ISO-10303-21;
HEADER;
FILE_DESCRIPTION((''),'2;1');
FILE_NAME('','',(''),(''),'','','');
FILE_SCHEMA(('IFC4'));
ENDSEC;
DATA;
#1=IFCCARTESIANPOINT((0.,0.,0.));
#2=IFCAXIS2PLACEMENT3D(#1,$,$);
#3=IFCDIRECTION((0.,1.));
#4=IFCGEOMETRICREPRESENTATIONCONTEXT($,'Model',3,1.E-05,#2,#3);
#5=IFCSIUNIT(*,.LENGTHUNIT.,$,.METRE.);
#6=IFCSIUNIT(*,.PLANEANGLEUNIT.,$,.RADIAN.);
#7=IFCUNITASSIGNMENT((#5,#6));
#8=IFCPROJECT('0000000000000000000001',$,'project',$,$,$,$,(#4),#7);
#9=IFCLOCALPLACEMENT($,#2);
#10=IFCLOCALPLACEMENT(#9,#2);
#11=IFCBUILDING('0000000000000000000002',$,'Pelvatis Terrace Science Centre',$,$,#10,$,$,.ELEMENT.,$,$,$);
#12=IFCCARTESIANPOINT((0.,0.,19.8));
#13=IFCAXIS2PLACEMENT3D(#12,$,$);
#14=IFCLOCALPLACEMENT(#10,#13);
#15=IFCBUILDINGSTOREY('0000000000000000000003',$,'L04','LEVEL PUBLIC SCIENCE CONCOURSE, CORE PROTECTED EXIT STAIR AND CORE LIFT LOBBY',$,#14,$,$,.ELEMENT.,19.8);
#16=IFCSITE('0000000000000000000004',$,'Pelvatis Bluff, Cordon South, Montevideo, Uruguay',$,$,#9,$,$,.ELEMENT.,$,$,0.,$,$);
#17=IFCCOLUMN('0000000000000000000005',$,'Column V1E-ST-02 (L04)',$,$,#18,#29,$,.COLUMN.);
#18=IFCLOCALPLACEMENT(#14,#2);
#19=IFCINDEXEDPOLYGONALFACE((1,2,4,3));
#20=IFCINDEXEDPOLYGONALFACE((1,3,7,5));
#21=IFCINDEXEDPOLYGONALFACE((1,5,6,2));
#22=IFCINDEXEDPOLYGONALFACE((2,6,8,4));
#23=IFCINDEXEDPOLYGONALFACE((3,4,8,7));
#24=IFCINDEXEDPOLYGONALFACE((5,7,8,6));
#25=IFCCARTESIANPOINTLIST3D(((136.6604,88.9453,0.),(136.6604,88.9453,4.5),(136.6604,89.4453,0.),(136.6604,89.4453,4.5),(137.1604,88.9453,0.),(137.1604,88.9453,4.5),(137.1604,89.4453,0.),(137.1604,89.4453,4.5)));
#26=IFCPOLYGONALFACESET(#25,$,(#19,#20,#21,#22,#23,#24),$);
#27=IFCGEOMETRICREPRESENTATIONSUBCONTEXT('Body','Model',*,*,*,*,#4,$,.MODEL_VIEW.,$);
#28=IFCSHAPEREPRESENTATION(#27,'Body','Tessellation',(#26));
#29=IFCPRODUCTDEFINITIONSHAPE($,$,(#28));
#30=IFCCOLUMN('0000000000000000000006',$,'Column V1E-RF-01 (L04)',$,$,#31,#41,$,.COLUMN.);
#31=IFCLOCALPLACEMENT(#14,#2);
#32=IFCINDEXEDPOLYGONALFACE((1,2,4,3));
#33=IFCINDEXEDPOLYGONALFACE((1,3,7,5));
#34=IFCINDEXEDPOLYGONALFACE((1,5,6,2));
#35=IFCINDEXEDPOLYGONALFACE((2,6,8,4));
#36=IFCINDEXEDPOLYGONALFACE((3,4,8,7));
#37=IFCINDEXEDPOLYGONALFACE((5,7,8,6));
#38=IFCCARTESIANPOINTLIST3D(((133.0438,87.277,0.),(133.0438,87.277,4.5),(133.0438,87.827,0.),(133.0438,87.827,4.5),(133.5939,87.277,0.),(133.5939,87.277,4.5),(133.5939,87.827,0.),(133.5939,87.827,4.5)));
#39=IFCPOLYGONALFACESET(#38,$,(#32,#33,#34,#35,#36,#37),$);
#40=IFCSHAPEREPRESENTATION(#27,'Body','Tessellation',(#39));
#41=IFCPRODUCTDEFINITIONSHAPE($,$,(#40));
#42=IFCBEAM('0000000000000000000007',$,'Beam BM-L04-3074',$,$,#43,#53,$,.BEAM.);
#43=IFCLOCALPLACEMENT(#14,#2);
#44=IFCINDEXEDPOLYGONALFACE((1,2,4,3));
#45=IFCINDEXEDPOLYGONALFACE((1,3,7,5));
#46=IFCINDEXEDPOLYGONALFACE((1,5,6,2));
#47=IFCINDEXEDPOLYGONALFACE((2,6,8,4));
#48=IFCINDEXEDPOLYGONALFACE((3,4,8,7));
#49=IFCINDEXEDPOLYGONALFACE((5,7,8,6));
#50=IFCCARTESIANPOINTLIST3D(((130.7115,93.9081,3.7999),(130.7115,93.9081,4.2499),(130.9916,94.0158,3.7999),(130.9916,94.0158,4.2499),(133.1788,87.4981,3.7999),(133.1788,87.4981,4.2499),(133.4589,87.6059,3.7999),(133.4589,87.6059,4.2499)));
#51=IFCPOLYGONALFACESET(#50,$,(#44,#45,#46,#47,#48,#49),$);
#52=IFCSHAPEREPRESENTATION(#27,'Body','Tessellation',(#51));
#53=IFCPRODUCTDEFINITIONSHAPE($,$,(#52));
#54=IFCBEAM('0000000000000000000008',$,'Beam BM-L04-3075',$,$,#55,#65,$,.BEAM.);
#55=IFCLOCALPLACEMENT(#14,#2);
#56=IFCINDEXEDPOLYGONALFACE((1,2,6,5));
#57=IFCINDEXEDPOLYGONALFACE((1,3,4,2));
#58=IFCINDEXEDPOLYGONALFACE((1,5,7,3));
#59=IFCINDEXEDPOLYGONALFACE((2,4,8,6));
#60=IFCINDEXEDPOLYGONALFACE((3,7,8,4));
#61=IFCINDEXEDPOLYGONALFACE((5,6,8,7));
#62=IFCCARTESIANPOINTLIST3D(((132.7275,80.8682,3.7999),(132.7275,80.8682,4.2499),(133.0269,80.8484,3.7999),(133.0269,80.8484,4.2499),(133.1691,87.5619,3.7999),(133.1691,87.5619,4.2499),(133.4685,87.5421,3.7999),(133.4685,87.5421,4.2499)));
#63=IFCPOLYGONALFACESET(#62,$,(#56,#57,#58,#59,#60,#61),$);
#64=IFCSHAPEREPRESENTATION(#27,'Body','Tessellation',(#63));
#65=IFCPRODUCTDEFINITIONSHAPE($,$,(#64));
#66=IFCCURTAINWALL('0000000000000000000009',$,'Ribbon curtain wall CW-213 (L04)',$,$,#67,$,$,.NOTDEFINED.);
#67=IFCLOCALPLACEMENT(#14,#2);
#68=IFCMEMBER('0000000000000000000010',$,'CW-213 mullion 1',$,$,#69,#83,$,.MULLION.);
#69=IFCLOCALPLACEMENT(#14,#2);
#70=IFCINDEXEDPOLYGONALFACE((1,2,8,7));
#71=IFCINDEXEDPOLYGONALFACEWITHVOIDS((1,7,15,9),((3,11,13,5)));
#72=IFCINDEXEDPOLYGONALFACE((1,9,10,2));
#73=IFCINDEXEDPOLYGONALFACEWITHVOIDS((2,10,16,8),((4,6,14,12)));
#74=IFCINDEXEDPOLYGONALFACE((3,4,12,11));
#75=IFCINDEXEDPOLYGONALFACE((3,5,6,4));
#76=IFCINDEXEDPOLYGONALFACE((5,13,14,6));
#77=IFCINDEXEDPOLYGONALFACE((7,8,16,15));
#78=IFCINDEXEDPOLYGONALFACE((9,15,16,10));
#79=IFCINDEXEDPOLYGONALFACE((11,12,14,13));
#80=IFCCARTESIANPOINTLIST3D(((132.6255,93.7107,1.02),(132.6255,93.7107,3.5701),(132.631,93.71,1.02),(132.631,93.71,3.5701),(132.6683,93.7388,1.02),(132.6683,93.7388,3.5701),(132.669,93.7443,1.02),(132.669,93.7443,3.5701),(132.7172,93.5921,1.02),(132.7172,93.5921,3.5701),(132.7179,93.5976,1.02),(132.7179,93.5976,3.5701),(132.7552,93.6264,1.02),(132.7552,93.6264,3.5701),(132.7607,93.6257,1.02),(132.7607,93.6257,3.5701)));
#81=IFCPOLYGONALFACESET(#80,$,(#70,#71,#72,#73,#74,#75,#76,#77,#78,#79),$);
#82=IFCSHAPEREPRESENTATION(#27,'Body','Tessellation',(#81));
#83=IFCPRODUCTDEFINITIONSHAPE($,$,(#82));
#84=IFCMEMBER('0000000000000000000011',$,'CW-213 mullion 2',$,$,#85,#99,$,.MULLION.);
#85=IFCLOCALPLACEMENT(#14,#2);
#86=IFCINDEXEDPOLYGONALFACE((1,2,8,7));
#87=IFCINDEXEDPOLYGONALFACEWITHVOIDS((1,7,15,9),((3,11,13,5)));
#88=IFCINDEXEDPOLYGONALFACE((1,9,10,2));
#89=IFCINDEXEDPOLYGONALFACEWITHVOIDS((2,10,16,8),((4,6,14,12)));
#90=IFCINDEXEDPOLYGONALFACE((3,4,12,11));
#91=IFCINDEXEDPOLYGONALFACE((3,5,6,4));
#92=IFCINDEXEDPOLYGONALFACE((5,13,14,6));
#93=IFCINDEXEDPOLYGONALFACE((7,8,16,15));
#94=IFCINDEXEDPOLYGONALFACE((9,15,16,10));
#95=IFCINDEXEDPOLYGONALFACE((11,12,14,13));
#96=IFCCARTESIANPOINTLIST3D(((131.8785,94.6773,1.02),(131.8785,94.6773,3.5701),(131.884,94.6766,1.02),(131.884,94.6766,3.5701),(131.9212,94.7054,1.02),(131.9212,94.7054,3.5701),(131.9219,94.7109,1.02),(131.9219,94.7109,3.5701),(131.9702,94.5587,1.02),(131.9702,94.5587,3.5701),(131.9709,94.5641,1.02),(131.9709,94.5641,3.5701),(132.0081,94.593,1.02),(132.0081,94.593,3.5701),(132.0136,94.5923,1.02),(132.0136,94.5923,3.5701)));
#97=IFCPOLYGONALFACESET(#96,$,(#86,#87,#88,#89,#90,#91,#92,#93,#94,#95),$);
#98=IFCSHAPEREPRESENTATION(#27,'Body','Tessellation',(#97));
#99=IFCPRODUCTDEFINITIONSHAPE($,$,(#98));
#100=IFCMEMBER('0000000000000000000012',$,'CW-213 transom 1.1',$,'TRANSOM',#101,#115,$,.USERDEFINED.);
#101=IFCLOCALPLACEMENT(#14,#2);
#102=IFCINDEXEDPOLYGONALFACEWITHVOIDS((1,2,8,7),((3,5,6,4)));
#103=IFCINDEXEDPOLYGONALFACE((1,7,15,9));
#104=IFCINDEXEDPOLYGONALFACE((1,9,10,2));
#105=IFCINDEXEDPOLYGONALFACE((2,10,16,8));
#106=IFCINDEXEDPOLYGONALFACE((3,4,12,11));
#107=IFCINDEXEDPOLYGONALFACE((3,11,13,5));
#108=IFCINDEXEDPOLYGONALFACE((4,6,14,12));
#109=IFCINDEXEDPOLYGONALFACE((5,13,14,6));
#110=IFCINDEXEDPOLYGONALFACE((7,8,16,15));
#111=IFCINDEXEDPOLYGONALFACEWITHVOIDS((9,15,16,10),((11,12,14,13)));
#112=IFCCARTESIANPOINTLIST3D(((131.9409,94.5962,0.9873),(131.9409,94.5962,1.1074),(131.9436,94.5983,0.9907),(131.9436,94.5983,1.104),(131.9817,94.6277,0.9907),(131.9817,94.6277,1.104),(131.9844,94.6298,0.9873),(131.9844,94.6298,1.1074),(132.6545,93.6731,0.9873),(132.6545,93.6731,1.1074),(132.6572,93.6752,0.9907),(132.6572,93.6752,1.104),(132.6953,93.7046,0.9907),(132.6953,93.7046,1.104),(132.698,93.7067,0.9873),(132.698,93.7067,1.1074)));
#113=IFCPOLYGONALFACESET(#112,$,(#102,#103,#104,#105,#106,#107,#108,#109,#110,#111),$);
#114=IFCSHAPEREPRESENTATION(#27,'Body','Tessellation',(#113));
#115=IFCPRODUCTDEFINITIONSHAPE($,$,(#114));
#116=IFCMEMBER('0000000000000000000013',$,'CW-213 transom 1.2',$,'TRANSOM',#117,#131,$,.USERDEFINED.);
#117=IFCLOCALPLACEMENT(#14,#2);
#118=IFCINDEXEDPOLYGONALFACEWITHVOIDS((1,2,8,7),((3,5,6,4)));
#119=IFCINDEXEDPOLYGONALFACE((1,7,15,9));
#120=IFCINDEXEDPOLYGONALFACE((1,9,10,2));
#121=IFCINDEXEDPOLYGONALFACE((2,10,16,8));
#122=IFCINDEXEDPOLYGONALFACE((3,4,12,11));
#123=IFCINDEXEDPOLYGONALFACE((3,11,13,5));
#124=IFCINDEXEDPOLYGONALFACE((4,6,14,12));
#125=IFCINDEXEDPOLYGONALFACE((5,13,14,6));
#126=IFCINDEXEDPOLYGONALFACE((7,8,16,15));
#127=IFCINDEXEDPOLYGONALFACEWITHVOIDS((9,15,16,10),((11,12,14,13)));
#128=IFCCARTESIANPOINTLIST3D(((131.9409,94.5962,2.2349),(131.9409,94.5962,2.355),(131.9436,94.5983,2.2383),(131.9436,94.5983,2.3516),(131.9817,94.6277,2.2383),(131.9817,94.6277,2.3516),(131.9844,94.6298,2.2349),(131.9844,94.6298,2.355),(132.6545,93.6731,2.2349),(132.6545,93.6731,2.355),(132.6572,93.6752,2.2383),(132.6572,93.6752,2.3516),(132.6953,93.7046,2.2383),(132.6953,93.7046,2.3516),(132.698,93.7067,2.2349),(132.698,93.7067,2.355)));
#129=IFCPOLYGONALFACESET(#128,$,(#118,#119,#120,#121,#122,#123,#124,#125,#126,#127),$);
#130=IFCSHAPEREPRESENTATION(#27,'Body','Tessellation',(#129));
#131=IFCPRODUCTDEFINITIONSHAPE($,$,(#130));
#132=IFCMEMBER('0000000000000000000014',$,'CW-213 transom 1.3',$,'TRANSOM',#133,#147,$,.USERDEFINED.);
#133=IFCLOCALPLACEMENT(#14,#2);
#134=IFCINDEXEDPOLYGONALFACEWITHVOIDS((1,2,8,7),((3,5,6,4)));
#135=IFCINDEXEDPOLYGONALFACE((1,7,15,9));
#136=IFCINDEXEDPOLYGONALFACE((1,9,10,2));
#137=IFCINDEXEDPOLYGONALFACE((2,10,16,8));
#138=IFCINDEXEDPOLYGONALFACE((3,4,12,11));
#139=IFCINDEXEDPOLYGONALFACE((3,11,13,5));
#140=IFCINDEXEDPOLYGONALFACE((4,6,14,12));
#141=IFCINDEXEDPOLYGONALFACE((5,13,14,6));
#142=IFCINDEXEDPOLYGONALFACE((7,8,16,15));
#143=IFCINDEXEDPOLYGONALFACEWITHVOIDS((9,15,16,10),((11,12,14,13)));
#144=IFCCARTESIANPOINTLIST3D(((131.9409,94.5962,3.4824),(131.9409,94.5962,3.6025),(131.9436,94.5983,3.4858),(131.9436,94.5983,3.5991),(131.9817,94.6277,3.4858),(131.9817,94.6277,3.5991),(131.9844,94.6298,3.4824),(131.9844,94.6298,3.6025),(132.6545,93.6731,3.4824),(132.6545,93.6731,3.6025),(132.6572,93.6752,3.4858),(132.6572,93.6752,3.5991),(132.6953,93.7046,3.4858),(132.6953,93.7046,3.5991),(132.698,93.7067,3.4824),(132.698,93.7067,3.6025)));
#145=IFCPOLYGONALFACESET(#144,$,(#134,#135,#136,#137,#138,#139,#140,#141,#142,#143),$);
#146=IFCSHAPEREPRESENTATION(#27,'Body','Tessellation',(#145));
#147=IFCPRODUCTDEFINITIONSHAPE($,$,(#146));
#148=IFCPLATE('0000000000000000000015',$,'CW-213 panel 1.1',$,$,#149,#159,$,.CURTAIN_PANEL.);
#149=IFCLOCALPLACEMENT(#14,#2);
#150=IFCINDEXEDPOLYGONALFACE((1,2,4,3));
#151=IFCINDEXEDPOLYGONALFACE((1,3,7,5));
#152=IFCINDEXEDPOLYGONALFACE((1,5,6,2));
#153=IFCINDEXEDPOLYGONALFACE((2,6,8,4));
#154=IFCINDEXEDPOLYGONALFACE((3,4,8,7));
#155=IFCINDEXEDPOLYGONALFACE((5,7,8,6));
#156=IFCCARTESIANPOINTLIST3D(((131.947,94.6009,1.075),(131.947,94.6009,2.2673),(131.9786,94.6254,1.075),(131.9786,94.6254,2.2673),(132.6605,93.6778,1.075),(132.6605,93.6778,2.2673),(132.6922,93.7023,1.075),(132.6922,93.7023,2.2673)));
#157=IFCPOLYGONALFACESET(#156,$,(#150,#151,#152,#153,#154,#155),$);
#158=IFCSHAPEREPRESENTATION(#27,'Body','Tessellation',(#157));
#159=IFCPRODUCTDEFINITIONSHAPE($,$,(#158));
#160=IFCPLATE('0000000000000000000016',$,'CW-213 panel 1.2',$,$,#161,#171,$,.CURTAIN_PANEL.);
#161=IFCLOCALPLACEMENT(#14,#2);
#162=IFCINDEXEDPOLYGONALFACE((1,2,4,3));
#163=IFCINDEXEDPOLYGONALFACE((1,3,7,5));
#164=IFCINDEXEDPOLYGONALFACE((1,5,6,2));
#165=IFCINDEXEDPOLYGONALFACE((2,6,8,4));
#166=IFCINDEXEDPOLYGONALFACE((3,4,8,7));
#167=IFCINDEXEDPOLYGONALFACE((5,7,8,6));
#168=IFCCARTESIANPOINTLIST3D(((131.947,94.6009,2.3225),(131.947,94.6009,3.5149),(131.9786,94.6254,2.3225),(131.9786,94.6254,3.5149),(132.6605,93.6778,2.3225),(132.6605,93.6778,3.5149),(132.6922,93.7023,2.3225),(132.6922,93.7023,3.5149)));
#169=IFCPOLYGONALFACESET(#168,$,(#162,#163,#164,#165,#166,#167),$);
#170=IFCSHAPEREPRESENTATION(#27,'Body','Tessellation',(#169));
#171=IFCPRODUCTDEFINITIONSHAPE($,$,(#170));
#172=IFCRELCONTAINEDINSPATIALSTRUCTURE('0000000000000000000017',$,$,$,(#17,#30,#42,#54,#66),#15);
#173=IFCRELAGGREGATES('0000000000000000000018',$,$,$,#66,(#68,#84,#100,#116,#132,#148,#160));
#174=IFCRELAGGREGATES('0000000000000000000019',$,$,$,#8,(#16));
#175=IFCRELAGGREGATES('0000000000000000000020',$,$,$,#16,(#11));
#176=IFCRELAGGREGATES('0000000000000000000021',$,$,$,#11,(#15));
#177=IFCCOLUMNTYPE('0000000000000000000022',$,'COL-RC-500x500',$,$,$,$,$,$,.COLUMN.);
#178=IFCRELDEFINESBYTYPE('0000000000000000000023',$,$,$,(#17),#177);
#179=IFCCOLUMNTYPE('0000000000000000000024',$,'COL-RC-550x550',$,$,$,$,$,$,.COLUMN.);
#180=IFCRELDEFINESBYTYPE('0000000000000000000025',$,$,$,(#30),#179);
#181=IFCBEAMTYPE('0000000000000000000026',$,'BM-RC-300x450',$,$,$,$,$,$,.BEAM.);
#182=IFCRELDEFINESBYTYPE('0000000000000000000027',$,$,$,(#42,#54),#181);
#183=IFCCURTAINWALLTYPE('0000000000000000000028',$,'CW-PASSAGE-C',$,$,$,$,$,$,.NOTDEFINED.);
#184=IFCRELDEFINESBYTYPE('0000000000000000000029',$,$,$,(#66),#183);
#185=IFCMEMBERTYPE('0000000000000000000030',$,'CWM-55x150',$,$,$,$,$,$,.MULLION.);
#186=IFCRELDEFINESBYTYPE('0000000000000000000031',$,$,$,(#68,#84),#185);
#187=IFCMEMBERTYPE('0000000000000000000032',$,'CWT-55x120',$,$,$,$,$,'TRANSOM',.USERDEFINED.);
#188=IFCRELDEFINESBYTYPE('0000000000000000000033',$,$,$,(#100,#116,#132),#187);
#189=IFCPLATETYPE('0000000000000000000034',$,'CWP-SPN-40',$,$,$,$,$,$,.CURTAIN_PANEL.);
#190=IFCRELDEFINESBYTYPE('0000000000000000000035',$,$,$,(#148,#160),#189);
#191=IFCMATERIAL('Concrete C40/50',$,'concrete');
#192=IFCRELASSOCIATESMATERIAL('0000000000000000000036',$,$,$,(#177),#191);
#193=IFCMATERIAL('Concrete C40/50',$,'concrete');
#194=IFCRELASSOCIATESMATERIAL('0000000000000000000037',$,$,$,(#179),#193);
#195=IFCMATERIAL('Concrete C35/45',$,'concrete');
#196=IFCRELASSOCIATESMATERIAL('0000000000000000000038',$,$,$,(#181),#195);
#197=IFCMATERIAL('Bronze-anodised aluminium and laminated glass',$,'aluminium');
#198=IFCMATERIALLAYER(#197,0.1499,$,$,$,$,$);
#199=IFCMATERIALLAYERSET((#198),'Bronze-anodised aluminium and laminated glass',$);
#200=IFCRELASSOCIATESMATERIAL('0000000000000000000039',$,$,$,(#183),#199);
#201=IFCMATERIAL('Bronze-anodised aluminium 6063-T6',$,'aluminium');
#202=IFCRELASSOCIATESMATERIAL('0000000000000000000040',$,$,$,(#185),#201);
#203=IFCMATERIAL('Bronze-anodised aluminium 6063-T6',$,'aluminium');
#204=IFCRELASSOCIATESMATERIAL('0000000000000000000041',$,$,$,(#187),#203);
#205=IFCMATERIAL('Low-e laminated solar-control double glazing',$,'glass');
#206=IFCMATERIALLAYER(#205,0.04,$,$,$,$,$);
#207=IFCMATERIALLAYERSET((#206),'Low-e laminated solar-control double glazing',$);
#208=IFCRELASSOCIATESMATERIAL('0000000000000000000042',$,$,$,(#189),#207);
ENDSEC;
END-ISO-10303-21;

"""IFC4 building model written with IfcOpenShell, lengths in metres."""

from ifc_helpers import new_model, si_unit, direction, frame, origin, origin_2d, place, context, subcontext, project, spatial, rectangle, hollow_rectangle, extrude, material, layer, layer_set, material_profile, profile_set, type_object, element, aggregate, save


model = new_model("IFC4")

# Units and contexts
model_context = context("Model", 3, precision=1e-05, world=origin(), true_north=direction((0.0, 1.0)))
body_context = subcontext(model_context, "Body", "Model", "MODEL_VIEW")
ifc_project = project(units=[si_unit("LENGTHUNIT", "METRE"), si_unit("PLANEANGLEUNIT", "RADIAN")], contexts=[model_context])

# Site, building, storey
site_placement = place(None, origin())
site = spatial("IfcSite", under=ifc_project, at=site_placement, Name="Pelvatis Bluff, Cordon South, Montevideo, Uruguay", CompositionType="ELEMENT", RefElevation=0.0)
building_placement = place(site_placement, origin())
building = spatial("IfcBuilding", under=site, at=building_placement, Name="Pelvatis Terrace Science Centre", CompositionType="ELEMENT")
storey_placement = place(building_placement, frame((0.0, 0.0, 19.8)))
storey = spatial("IfcBuildingStorey", under=building, at=storey_placement, Name="L04", Description="LEVEL PUBLIC SCIENCE CONCOURSE, CORE PROTECTED EXIT STAIR AND CORE LIFT LOBBY", CompositionType="ELEMENT", Elevation=19.8)

# Columns
ifc_material_1 = material(Name="Concrete C40/50", Category="concrete")
ifc_material_profile_1 = material_profile(ifc_material_1, rectangle(XDim=0.5, YDim=0.5, at=origin_2d()), Name="RC-COL 500x500")
ifc_profile_set_1 = profile_set([ifc_material_profile_1], Name="Concrete C40/50")
column_type_1 = type_object("IfcColumnType", Name="COL-RC-500x500", PredefinedType="COLUMN", material=ifc_profile_set_1)
column_1_placement = place(storey_placement, frame((136.9104, 89.1953, 0.0), z_axis=(0.0, 0.0, 1.0), x_axis=(1.0, 0.0, 0.0)))
element("IfcColumn", 1, at=column_1_placement, inside=storey, type_object=column_type_1, Name="Column V1E-ST-02 (L04)", PredefinedType="COLUMN", context=body_context, shape_type="SweptSolid", body=[
    extrude(rectangle(XDim=0.5, YDim=0.5, at=origin_2d()), origin(), (0.0, 0.0, 1.0), 4.5),
])
ifc_material_2 = material(Name="Concrete C40/50", Category="concrete")
ifc_material_profile_2 = material_profile(ifc_material_2, rectangle(XDim=0.55, YDim=0.55, at=origin_2d()), Name="RC-COL 550x550")
ifc_profile_set_2 = profile_set([ifc_material_profile_2], Name="Concrete C40/50")
column_type_2 = type_object("IfcColumnType", Name="COL-RC-550x550", PredefinedType="COLUMN", material=ifc_profile_set_2)
column_2_placement = place(storey_placement, frame((133.3188, 87.552, 0.0), z_axis=(0.0, 0.0, 1.0), x_axis=(1.0, 0.0, 0.0)))
element("IfcColumn", 2, at=column_2_placement, inside=storey, type_object=column_type_2, Name="Column V1E-RF-01 (L04)", PredefinedType="COLUMN", context=body_context, shape_type="SweptSolid", body=[
    extrude(rectangle(XDim=0.55, YDim=0.55, at=origin_2d()), origin(), (0.0, 0.0, 1.0), 4.5),
])

# Beams
ifc_material_3 = material(Name="Concrete C35/45", Category="concrete")
ifc_material_profile_3 = material_profile(ifc_material_3, rectangle(XDim=0.3, YDim=0.45, at=origin_2d()), Name="RC-BM 300x450")
ifc_profile_set_3 = profile_set([ifc_material_profile_3], Name="Concrete C35/45")
beam_type = type_object("IfcBeamType", Name="BM-RC-300x450", PredefinedType="BEAM", material=ifc_profile_set_3)
beam_1_placement = place(storey_placement, frame((133.3188, 87.552, 4.0249), z_axis=(-0.359224, 0.933251, 0.0), x_axis=(-0.933251, -0.359224, 0.0)))
element("IfcBeam", 3, at=beam_1_placement, inside=storey, type_object=beam_type, Name="Beam BM-L04-3074", PredefinedType="BEAM", context=body_context, shape_type="SweptSolid", body=[
    extrude(rectangle(XDim=0.3, YDim=0.45, at=origin_2d()), origin(), (0.0, 0.0, 1.0), 6.8684),
])
beam_2_placement = place(storey_placement, frame((133.3188, 87.552, 4.0249), z_axis=(-0.065838, -0.99783, 0.0), x_axis=(0.99783, -0.065838, 0.0)))
element("IfcBeam", 4, at=beam_2_placement, inside=storey, type_object=beam_type, Name="Beam BM-L04-3075", PredefinedType="BEAM", context=body_context, shape_type="SweptSolid", body=[
    extrude(rectangle(XDim=0.3, YDim=0.45, at=origin_2d()), origin(), (0.0, 0.0, 1.0), 6.7083),
])

# Curtain wall, members, plates
ifc_material_4 = material(Name="Bronze-anodised aluminium and laminated glass", Category="aluminium")
ifc_layer_1 = layer(ifc_material_4, 0.1499)
ifc_layer_set_1 = layer_set([ifc_layer_1], Name="Bronze-anodised aluminium and laminated glass")
curtain_wall_type = type_object("IfcCurtainWallType", Name="CW-PASSAGE-C", PredefinedType="NOTDEFINED", material=ifc_layer_set_1)
curtain_wall_placement = place(storey_placement, origin())
curtain_wall = element("IfcCurtainWall", 5, at=curtain_wall_placement, inside=storey, type_object=curtain_wall_type, Name="Ribbon curtain wall CW-213 (L04)", PredefinedType="NOTDEFINED")
ifc_material_5 = material(Name="Bronze-anodised aluminium 6063-T6", Category="aluminium")
ifc_material_profile_4 = material_profile(ifc_material_5, hollow_rectangle(XDim=0.0549, YDim=0.1499, WallThickness=0.0039, at=origin_2d()), Name="ALU-MUL 55x150")
ifc_profile_set_4 = profile_set([ifc_material_profile_4], Name="Bronze-anodised aluminium 6063-T6")
member_type_1 = type_object("IfcMemberType", Name="CWM-55x150", PredefinedType="MULLION", material=ifc_profile_set_4)
member_1_placement = place(storey_placement, frame((132.6931, 93.6682, 1.02), z_axis=(0.0, 0.0, 1.0), x_axis=(-0.791181, -0.611582, 0.0)))
member_1 = element("IfcMember", 6, at=member_1_placement, type_object=member_type_1, Name="CW-213 mullion 1", PredefinedType="MULLION", context=body_context, shape_type="SweptSolid", body=[
    extrude(hollow_rectangle(XDim=0.0549, YDim=0.1499, WallThickness=0.0039, at=origin_2d()), origin(), (0.0, 0.0, 1.0), 2.55),
])
member_2_placement = place(storey_placement, frame((131.946, 94.6348, 1.02), z_axis=(0.0, 0.0, 1.0), x_axis=(-0.791181, -0.611582, 0.0)))
member_2 = element("IfcMember", 7, at=member_2_placement, type_object=member_type_1, Name="CW-213 mullion 2", PredefinedType="MULLION", context=body_context, shape_type="SweptSolid", body=[
    extrude(hollow_rectangle(XDim=0.0549, YDim=0.1499, WallThickness=0.0039, at=origin_2d()), origin(), (0.0, 0.0, 1.0), 2.55),
])
ifc_material_6 = material(Name="Bronze-anodised aluminium 6063-T6", Category="aluminium")
ifc_material_profile_5 = material_profile(ifc_material_6, hollow_rectangle(XDim=0.0549, YDim=0.1201, WallThickness=0.0034, at=origin_2d()), Name="ALU-TRN 55x120")
ifc_profile_set_5 = profile_set([ifc_material_profile_5], Name="Bronze-anodised aluminium 6063-T6")
member_type_2 = type_object("IfcMemberType", Name="CWT-55x120", ElementType="TRANSOM", PredefinedType="USERDEFINED", material=ifc_profile_set_5)
member_3_placement = place(storey_placement, frame((132.6763, 93.6899, 1.0474), z_axis=(-0.61162, 0.791152, 0.0), x_axis=(-0.791152, -0.61162, 0.0)))
member_3 = element("IfcMember", 8, at=member_3_placement, type_object=member_type_2, Name="CW-213 transom 1.1", ObjectType="TRANSOM", PredefinedType="USERDEFINED", context=body_context, shape_type="SweptSolid", body=[
    extrude(hollow_rectangle(XDim=0.0549, YDim=0.1201, WallThickness=0.0034, at=origin_2d()), origin(), (0.0, 0.0, 1.0), 1.1667),
])
member_4_placement = place(storey_placement, frame((132.6763, 93.6899, 2.2949), z_axis=(-0.61162, 0.791152, 0.0), x_axis=(-0.791152, -0.61162, 0.0)))
member_4 = element("IfcMember", 9, at=member_4_placement, type_object=member_type_2, Name="CW-213 transom 1.2", ObjectType="TRANSOM", PredefinedType="USERDEFINED", context=body_context, shape_type="SweptSolid", body=[
    extrude(hollow_rectangle(XDim=0.0549, YDim=0.1201, WallThickness=0.0034, at=origin_2d()), origin(), (0.0, 0.0, 1.0), 1.1667),
])
member_5_placement = place(storey_placement, frame((132.6763, 93.6899, 3.5425), z_axis=(-0.61162, 0.791152, 0.0), x_axis=(-0.791152, -0.61162, 0.0)))
member_5 = element("IfcMember", 10, at=member_5_placement, type_object=member_type_2, Name="CW-213 transom 1.3", ObjectType="TRANSOM", PredefinedType="USERDEFINED", context=body_context, shape_type="SweptSolid", body=[
    extrude(hollow_rectangle(XDim=0.0549, YDim=0.1201, WallThickness=0.0034, at=origin_2d()), origin(), (0.0, 0.0, 1.0), 1.1667),
])
ifc_material_7 = material(Name="Low-e laminated solar-control double glazing", Category="glass")
ifc_layer_2 = layer(ifc_material_7, 0.04)
ifc_layer_set_2 = layer_set([ifc_layer_2], Name="Low-e laminated solar-control double glazing")
plate_type = type_object("IfcPlateType", Name="CWP-SPN-40", PredefinedType="CURTAIN_PANEL", material=ifc_layer_set_2)
plate_1_placement = place(storey_placement, frame((132.3196, 94.1516, 1.075), z_axis=(0.0, 0.0, 1.0), x_axis=(-0.611582, 0.791181, 0.0)))
plate_1 = element("IfcPlate", 11, at=plate_1_placement, type_object=plate_type, Name="CW-213 panel 1.1", PredefinedType="CURTAIN_PANEL", context=body_context, shape_type="SweptSolid", body=[
    extrude(rectangle(XDim=1.1667, YDim=0.04, at=origin_2d()), origin(), (0.0, 0.0, 1.0), 1.1924),
])
plate_2_placement = place(storey_placement, frame((132.3196, 94.1516, 2.3225), z_axis=(0.0, 0.0, 1.0), x_axis=(-0.611582, 0.791181, 0.0)))
plate_2 = element("IfcPlate", 12, at=plate_2_placement, type_object=plate_type, Name="CW-213 panel 1.2", PredefinedType="CURTAIN_PANEL", context=body_context, shape_type="SweptSolid", body=[
    extrude(rectangle(XDim=1.1667, YDim=0.04, at=origin_2d()), origin(), (0.0, 0.0, 1.0), 1.1924),
])
aggregate(curtain_wall, [member_1, member_2, member_3, member_4, member_5, plate_1, plate_2])

save(model, "model.ifc")
